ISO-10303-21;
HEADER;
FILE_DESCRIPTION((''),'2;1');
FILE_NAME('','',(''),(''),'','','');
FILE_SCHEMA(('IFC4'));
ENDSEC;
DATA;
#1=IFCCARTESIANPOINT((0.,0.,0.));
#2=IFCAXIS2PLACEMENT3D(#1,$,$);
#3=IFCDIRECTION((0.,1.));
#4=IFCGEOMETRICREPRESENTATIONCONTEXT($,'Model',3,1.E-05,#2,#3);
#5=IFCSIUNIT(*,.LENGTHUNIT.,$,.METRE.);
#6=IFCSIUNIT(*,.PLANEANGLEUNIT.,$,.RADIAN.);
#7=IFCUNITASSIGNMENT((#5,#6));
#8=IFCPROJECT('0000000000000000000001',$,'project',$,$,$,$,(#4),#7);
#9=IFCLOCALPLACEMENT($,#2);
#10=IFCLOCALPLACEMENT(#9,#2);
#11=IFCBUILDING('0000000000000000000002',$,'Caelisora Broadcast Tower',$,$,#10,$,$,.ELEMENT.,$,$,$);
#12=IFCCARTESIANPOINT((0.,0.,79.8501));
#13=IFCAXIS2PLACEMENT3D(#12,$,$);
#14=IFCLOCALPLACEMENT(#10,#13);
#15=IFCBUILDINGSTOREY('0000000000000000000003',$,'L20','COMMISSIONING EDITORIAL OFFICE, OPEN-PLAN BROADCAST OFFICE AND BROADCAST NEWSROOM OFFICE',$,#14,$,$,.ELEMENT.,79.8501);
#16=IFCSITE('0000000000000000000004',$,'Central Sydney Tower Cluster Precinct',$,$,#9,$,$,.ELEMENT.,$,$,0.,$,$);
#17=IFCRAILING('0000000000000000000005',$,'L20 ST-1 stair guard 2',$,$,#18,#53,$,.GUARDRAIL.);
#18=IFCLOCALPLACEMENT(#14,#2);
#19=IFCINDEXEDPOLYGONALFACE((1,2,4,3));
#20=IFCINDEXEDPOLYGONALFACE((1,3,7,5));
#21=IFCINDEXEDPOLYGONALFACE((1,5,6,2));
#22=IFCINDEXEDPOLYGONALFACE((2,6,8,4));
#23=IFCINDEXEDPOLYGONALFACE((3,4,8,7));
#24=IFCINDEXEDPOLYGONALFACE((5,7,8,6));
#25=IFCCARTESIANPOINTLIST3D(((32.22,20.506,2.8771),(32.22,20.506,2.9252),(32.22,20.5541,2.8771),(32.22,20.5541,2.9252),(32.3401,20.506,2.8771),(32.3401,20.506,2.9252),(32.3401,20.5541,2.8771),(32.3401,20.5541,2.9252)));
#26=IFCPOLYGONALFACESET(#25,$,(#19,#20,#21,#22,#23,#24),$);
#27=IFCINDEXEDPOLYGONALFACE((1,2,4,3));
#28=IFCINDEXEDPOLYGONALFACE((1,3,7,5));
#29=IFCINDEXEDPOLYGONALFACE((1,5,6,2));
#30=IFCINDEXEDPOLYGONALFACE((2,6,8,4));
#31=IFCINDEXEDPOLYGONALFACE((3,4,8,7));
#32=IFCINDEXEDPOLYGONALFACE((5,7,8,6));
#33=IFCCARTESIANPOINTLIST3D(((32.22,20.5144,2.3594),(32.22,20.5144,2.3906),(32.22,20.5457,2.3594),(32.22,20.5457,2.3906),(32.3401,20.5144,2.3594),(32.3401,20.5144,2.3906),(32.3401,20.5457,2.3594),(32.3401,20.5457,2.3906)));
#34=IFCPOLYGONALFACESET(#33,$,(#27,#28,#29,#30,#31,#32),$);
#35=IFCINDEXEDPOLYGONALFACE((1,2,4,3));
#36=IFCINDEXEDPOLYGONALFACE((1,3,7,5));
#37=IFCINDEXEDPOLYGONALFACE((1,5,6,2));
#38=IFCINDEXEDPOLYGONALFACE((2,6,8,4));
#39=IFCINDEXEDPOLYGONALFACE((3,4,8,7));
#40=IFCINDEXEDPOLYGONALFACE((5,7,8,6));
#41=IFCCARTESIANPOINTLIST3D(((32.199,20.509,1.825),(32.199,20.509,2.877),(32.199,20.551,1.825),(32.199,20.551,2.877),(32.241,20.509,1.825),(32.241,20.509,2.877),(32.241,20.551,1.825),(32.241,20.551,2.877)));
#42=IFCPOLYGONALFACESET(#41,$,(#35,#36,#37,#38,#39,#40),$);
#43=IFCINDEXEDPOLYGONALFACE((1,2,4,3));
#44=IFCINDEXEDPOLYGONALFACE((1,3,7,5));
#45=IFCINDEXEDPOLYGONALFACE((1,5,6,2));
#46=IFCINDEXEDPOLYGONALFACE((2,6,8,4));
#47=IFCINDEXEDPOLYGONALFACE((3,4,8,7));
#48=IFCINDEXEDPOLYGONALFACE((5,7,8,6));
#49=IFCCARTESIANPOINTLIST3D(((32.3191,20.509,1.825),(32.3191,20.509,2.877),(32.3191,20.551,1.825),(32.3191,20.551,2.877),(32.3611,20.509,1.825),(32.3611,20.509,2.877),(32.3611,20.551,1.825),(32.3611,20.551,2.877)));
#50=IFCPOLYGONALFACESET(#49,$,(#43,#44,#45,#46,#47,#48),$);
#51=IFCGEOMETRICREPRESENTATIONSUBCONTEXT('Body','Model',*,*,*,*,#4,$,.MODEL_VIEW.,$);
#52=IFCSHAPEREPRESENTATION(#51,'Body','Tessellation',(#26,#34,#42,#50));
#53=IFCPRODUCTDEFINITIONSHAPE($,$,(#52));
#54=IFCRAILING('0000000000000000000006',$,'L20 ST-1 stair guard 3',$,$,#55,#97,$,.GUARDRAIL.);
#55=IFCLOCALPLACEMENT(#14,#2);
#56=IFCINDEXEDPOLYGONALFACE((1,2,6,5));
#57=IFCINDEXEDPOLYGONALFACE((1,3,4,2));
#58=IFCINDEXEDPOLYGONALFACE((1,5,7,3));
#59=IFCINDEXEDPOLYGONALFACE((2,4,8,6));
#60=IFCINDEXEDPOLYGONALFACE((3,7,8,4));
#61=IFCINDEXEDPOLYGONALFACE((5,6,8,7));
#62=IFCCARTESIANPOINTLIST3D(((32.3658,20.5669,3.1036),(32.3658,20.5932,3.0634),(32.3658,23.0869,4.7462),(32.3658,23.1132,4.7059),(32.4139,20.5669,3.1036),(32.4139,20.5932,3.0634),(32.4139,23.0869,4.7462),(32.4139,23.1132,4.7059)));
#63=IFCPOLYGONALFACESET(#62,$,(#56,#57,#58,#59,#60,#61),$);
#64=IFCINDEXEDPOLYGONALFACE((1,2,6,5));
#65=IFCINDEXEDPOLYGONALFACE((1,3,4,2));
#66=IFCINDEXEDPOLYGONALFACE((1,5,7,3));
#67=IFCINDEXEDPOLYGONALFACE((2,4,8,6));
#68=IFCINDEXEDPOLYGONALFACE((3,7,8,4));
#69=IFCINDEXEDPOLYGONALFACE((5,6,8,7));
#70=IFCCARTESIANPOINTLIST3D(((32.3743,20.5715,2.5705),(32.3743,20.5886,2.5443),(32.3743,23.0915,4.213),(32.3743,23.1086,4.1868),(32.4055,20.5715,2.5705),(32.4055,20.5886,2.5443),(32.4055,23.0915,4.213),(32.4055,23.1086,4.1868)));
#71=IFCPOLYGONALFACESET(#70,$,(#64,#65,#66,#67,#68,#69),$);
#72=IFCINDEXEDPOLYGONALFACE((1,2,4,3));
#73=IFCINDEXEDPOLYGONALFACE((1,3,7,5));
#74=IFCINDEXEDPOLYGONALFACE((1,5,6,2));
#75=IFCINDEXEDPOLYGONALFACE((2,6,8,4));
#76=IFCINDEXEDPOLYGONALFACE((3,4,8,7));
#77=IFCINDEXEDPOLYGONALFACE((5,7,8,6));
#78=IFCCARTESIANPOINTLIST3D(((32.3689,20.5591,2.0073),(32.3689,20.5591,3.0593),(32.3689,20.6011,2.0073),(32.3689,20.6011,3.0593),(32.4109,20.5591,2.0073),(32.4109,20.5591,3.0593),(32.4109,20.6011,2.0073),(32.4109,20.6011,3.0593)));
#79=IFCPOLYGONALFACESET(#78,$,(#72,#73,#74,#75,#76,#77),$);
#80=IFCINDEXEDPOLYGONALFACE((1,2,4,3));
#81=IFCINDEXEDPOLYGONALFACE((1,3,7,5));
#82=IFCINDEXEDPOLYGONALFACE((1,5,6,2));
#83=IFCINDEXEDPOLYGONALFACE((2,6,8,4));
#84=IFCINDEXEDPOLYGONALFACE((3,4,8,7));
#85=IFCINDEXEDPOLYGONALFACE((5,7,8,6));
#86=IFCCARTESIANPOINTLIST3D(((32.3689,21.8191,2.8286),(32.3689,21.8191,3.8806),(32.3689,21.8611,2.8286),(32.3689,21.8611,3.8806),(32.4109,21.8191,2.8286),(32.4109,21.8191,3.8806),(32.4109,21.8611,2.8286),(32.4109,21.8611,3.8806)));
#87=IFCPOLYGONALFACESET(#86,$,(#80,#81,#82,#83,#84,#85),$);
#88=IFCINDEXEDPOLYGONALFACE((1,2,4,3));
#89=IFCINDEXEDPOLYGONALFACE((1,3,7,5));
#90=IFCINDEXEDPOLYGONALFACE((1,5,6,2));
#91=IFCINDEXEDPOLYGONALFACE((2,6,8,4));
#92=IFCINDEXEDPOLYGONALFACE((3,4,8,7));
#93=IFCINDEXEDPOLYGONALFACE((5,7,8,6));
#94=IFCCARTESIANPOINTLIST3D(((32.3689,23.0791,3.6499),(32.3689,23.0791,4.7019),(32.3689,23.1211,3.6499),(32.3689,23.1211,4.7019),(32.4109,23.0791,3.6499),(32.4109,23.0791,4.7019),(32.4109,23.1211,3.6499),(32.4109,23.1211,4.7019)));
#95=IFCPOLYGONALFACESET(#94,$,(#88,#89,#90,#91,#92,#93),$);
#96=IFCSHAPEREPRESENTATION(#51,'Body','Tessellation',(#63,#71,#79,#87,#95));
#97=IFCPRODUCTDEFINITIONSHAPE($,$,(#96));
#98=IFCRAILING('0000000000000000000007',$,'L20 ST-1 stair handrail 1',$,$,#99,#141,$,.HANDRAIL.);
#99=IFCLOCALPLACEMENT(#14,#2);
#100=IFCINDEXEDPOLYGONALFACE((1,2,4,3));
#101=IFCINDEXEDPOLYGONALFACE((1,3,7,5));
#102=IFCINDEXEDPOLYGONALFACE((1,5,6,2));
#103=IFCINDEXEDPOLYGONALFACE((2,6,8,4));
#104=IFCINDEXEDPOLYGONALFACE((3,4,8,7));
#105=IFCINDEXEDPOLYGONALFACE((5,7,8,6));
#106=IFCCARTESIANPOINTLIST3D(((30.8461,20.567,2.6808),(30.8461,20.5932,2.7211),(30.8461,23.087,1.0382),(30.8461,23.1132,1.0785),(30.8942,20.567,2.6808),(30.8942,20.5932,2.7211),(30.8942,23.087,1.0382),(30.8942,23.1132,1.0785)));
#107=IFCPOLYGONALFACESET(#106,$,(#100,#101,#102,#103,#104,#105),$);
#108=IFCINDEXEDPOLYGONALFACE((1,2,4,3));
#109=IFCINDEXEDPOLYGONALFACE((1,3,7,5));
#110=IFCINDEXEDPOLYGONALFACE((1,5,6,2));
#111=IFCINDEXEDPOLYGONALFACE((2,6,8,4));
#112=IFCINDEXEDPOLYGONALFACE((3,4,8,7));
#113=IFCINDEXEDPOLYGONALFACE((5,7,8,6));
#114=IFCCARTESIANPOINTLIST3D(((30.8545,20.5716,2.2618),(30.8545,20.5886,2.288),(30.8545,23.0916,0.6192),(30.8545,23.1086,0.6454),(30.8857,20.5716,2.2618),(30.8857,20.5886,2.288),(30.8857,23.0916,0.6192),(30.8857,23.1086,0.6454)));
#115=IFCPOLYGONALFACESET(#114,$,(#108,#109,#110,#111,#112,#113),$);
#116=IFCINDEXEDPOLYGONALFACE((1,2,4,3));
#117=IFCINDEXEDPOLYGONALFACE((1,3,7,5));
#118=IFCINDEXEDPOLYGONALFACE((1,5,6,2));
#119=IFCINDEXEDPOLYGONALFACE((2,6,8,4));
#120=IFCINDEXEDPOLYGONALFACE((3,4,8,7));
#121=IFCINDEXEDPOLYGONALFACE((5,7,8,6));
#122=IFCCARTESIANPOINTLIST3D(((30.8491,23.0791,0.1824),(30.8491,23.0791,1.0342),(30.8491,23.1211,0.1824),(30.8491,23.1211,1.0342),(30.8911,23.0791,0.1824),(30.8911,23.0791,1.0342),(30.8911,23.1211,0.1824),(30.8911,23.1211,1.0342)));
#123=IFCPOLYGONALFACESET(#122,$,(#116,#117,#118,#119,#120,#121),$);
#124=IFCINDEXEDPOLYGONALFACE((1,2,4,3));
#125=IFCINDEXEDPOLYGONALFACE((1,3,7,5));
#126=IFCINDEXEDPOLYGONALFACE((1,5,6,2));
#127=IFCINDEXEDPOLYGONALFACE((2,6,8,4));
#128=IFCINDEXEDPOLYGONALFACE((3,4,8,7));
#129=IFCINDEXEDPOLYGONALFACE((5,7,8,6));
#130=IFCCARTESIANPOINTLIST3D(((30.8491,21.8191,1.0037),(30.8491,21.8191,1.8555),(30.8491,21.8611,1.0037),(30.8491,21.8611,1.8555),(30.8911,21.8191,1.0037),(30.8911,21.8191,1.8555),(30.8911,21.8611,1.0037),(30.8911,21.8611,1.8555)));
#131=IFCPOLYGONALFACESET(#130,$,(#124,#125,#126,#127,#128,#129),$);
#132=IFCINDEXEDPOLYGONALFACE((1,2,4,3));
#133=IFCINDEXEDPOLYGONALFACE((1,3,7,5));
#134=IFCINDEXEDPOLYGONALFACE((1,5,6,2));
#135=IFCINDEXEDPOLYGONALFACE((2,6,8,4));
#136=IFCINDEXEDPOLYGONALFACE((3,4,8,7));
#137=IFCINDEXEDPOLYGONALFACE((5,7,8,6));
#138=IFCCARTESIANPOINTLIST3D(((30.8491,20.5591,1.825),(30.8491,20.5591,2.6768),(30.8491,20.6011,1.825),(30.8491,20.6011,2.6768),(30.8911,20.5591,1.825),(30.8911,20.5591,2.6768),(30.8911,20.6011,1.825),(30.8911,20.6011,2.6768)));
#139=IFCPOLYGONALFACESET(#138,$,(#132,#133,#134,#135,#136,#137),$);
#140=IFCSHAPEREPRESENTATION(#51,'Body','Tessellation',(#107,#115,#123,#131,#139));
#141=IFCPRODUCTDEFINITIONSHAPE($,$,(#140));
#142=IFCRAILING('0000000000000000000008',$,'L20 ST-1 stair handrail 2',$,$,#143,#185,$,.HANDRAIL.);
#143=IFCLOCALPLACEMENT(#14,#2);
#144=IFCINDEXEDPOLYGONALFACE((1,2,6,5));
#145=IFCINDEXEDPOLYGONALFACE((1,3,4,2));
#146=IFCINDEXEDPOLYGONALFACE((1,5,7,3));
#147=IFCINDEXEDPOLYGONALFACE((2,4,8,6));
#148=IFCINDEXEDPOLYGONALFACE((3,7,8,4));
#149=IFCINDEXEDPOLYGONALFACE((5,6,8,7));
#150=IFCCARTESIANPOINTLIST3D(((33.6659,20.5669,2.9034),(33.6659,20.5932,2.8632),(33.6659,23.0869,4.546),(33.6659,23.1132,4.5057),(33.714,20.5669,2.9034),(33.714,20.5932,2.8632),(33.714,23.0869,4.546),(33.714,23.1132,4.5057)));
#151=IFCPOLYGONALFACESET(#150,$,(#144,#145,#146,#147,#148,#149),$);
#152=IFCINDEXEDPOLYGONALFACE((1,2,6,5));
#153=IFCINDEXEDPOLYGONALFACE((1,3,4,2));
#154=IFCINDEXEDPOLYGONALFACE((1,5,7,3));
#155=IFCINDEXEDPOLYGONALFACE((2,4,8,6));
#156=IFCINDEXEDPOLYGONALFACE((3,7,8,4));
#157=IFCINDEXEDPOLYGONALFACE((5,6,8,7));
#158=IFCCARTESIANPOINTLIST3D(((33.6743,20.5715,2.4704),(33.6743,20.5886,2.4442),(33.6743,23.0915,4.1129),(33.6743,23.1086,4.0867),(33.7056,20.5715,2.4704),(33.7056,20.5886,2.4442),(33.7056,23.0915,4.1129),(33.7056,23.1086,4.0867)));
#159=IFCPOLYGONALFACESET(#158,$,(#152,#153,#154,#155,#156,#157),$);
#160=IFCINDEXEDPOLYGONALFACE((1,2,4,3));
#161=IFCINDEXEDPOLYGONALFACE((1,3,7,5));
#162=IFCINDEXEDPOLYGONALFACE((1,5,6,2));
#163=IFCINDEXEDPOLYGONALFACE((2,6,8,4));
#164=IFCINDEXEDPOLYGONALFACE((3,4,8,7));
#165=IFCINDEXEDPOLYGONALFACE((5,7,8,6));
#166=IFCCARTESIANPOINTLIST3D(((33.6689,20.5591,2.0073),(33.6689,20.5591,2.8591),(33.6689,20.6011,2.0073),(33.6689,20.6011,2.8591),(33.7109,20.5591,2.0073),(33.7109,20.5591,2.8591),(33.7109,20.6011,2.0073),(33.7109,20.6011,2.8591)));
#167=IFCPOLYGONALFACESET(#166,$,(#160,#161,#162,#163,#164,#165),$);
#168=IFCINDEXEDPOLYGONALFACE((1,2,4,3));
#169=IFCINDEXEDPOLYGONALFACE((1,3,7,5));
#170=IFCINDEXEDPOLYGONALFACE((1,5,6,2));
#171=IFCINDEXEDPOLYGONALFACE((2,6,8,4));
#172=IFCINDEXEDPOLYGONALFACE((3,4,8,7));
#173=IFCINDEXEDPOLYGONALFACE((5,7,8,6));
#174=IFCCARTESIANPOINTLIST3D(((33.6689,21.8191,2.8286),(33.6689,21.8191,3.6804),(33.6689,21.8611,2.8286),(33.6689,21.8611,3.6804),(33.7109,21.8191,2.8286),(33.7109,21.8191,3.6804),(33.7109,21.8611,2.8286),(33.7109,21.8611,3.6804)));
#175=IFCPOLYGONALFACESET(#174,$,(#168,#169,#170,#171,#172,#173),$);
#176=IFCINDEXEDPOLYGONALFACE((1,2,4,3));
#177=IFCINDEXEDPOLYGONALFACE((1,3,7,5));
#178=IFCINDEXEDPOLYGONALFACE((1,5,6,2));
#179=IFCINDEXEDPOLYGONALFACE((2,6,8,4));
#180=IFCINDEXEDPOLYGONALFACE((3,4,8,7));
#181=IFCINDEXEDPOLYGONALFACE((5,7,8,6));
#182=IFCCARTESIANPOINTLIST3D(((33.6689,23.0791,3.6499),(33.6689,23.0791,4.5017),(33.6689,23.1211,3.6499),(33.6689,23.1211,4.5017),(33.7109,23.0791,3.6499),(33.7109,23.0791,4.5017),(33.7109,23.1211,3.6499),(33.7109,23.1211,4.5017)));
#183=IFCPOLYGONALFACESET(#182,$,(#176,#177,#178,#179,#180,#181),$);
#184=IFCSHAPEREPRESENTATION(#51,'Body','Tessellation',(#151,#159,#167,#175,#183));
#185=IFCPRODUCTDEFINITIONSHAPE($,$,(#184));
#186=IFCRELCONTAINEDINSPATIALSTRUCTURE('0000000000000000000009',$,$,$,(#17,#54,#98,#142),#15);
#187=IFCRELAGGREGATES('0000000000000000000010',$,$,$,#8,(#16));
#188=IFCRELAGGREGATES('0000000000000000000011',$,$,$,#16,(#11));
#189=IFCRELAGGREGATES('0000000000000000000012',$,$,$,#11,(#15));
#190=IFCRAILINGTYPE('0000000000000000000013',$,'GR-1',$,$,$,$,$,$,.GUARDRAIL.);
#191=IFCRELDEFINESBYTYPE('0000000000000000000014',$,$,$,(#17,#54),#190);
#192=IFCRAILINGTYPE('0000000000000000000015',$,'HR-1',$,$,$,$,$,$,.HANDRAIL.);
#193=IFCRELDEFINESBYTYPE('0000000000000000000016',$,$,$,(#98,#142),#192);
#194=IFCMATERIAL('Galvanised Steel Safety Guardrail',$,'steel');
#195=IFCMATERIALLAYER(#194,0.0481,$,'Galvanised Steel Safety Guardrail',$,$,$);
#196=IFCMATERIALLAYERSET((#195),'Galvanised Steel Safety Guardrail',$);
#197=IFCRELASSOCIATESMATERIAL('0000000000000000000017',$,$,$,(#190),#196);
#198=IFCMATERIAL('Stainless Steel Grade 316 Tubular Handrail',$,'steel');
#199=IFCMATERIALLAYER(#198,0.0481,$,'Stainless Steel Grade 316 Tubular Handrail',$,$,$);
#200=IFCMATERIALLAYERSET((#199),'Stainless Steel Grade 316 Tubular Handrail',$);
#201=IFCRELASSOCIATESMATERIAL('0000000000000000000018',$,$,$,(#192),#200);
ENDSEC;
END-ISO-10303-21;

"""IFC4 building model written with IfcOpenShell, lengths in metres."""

from ifc_helpers import new_model, si_unit, direction, frame, origin, origin_2d, place, context, subcontext, project, spatial, rectangle, extrude, material, layer, layer_set, type_object, element, save


model = new_model("IFC4")

# Units and contexts
model_context = context("Model", 3, precision=1e-05, world=origin(), true_north=direction((0.0, 1.0)))
body_context = subcontext(model_context, "Body", "Model", "MODEL_VIEW")
ifc_project = project(units=[si_unit("LENGTHUNIT", "METRE"), si_unit("PLANEANGLEUNIT", "RADIAN")], contexts=[model_context])

# Site, building, storey
site_placement = place(None, origin())
site = spatial("IfcSite", under=ifc_project, at=site_placement, Name="Central Sydney Tower Cluster Precinct", CompositionType="ELEMENT", RefElevation=0.0)
building_placement = place(site_placement, origin())
building = spatial("IfcBuilding", under=site, at=building_placement, Name="Caelisora Broadcast Tower", CompositionType="ELEMENT")
storey_placement = place(building_placement, frame((0.0, 0.0, 79.8501)))
storey = spatial("IfcBuildingStorey", under=building, at=storey_placement, Name="L20", Description="COMMISSIONING EDITORIAL OFFICE, OPEN-PLAN BROADCAST OFFICE AND BROADCAST NEWSROOM OFFICE", CompositionType="ELEMENT", Elevation=79.8501)

# Railings
ifc_material_1 = material(Name="Galvanised Steel Safety Guardrail", Category="steel")
ifc_layer_1 = layer(ifc_material_1, 0.0481, Name="Galvanised Steel Safety Guardrail")
ifc_layer_set_1 = layer_set([ifc_layer_1], Name="Galvanised Steel Safety Guardrail")
railing_type_1 = type_object("IfcRailingType", Name="GR-1", PredefinedType="GUARDRAIL", material=ifc_layer_set_1)
railing_1_placement = place(storey_placement, frame((32.22, 20.53, 1.825)))
element("IfcRailing", 1, at=railing_1_placement, inside=storey, type_object=railing_type_1, Name="L20 ST-1 stair guard 2", PredefinedType="GUARDRAIL", context=body_context, shape_type="SweptSolid", body=[
    extrude(rectangle(XDim=0.0481, YDim=0.0481, at=origin_2d()), frame((0.0, 0.0, 1.0762), z_axis=(1.0, 0.0, 0.0), x_axis=(0.0, 1.0, 0.0)), (0.0, 0.0, 1.0), 0.1201),
    extrude(rectangle(XDim=0.0312, YDim=0.0312, at=origin_2d()), frame((0.0, 0.0, 0.55), z_axis=(1.0, 0.0, 0.0), x_axis=(0.0, 1.0, 0.0)), (0.0, 0.0, 1.0), 0.1201),
    extrude(rectangle(XDim=0.042, YDim=0.042, at=origin_2d()), origin(), (0.0, 0.0, 1.0), 1.052),
    extrude(rectangle(XDim=0.042, YDim=0.042, at=origin_2d()), frame((0.1201, 0.0, 0.0)), (0.0, 0.0, 1.0), 1.052),
])
railing_2_placement = place(storey_placement, frame((32.3899, 20.5801, 2.0073)))
element("IfcRailing", 2, at=railing_2_placement, inside=storey, type_object=railing_type_1, Name="L20 ST-1 stair guard 3", PredefinedType="GUARDRAIL", context=body_context, shape_type="SweptSolid", body=[
    extrude(rectangle(XDim=0.0481, YDim=0.0481, at=origin_2d()), frame((0.0, 0.0, 1.0762), z_axis=(0.0, 0.837749, 0.546055), x_axis=(-1.0, 0.0, 0.0)), (0.0, 0.0, 1.0), 3.0081),
    extrude(rectangle(XDim=0.0312, YDim=0.0312, at=origin_2d()), frame((0.0, 0.0, 0.55), z_axis=(0.0, 0.837749, 0.546055), x_axis=(-1.0, 0.0, 0.0)), (0.0, 0.0, 1.0), 3.0081),
    extrude(rectangle(XDim=0.042, YDim=0.042, at=origin_2d()), origin(), (0.0, 0.0, 1.0), 1.052),
    extrude(rectangle(XDim=0.042, YDim=0.042, at=origin_2d()), frame((0.0, 1.26, 0.8213)), (0.0, 0.0, 1.0), 1.052),
    extrude(rectangle(XDim=0.042, YDim=0.042, at=origin_2d()), frame((0.0, 2.52, 1.6426)), (0.0, 0.0, 1.0), 1.052),
])
ifc_material_2 = material(Name="Stainless Steel Grade 316 Tubular Handrail", Category="steel")
ifc_layer_2 = layer(ifc_material_2, 0.0481, Name="Stainless Steel Grade 316 Tubular Handrail")
ifc_layer_set_2 = layer_set([ifc_layer_2], Name="Stainless Steel Grade 316 Tubular Handrail")
railing_type_2 = type_object("IfcRailingType", Name="HR-1", PredefinedType="HANDRAIL", material=ifc_layer_set_2)
railing_3_placement = place(storey_placement, frame((30.8701, 23.1001, 0.1824)))
element("IfcRailing", 3, at=railing_3_placement, inside=storey, type_object=railing_type_2, Name="L20 ST-1 stair handrail 1", PredefinedType="HANDRAIL", context=body_context, shape_type="SweptSolid", body=[
    extrude(rectangle(XDim=0.0481, YDim=0.0481, at=origin_2d()), frame((0.0, 0.0, 0.876), z_axis=(0.0, -0.837749, 0.546055), x_axis=(1.0, 0.0, 0.0)), (0.0, 0.0, 1.0), 3.0081),
    extrude(rectangle(XDim=0.0312, YDim=0.0312, at=origin_2d()), frame((0.0, 0.0, 0.45), z_axis=(0.0, -0.837749, 0.546055), x_axis=(1.0, 0.0, 0.0)), (0.0, 0.0, 1.0), 3.0081),
    extrude(rectangle(XDim=0.042, YDim=0.042, at=origin_2d()), origin(), (0.0, 0.0, 1.0), 0.8518),
    extrude(rectangle(XDim=0.042, YDim=0.042, at=origin_2d()), frame((0.0, -1.26, 0.8213)), (0.0, 0.0, 1.0), 0.8518),
    extrude(rectangle(XDim=0.042, YDim=0.042, at=origin_2d()), frame((0.0, -2.52, 1.6426)), (0.0, 0.0, 1.0), 0.8518),
])
railing_4_placement = place(storey_placement, frame((33.6899, 20.5801, 2.0073)))
element("IfcRailing", 4, at=railing_4_placement, inside=storey, type_object=railing_type_2, Name="L20 ST-1 stair handrail 2", PredefinedType="HANDRAIL", context=body_context, shape_type="SweptSolid", body=[
    extrude(rectangle(XDim=0.0481, YDim=0.0481, at=origin_2d()), frame((0.0, 0.0, 0.876), z_axis=(0.0, 0.837749, 0.546055), x_axis=(-1.0, 0.0, 0.0)), (0.0, 0.0, 1.0), 3.0081),
    extrude(rectangle(XDim=0.0312, YDim=0.0312, at=origin_2d()), frame((0.0, 0.0, 0.45), z_axis=(0.0, 0.837749, 0.546055), x_axis=(-1.0, 0.0, 0.0)), (0.0, 0.0, 1.0), 3.0081),
    extrude(rectangle(XDim=0.042, YDim=0.042, at=origin_2d()), origin(), (0.0, 0.0, 1.0), 0.8518),
    extrude(rectangle(XDim=0.042, YDim=0.042, at=origin_2d()), frame((0.0, 1.26, 0.8213)), (0.0, 0.0, 1.0), 0.8518),
    extrude(rectangle(XDim=0.042, YDim=0.042, at=origin_2d()), frame((0.0, 2.52, 1.6426)), (0.0, 0.0, 1.0), 0.8518),
])

save(model, "model.ifc")
